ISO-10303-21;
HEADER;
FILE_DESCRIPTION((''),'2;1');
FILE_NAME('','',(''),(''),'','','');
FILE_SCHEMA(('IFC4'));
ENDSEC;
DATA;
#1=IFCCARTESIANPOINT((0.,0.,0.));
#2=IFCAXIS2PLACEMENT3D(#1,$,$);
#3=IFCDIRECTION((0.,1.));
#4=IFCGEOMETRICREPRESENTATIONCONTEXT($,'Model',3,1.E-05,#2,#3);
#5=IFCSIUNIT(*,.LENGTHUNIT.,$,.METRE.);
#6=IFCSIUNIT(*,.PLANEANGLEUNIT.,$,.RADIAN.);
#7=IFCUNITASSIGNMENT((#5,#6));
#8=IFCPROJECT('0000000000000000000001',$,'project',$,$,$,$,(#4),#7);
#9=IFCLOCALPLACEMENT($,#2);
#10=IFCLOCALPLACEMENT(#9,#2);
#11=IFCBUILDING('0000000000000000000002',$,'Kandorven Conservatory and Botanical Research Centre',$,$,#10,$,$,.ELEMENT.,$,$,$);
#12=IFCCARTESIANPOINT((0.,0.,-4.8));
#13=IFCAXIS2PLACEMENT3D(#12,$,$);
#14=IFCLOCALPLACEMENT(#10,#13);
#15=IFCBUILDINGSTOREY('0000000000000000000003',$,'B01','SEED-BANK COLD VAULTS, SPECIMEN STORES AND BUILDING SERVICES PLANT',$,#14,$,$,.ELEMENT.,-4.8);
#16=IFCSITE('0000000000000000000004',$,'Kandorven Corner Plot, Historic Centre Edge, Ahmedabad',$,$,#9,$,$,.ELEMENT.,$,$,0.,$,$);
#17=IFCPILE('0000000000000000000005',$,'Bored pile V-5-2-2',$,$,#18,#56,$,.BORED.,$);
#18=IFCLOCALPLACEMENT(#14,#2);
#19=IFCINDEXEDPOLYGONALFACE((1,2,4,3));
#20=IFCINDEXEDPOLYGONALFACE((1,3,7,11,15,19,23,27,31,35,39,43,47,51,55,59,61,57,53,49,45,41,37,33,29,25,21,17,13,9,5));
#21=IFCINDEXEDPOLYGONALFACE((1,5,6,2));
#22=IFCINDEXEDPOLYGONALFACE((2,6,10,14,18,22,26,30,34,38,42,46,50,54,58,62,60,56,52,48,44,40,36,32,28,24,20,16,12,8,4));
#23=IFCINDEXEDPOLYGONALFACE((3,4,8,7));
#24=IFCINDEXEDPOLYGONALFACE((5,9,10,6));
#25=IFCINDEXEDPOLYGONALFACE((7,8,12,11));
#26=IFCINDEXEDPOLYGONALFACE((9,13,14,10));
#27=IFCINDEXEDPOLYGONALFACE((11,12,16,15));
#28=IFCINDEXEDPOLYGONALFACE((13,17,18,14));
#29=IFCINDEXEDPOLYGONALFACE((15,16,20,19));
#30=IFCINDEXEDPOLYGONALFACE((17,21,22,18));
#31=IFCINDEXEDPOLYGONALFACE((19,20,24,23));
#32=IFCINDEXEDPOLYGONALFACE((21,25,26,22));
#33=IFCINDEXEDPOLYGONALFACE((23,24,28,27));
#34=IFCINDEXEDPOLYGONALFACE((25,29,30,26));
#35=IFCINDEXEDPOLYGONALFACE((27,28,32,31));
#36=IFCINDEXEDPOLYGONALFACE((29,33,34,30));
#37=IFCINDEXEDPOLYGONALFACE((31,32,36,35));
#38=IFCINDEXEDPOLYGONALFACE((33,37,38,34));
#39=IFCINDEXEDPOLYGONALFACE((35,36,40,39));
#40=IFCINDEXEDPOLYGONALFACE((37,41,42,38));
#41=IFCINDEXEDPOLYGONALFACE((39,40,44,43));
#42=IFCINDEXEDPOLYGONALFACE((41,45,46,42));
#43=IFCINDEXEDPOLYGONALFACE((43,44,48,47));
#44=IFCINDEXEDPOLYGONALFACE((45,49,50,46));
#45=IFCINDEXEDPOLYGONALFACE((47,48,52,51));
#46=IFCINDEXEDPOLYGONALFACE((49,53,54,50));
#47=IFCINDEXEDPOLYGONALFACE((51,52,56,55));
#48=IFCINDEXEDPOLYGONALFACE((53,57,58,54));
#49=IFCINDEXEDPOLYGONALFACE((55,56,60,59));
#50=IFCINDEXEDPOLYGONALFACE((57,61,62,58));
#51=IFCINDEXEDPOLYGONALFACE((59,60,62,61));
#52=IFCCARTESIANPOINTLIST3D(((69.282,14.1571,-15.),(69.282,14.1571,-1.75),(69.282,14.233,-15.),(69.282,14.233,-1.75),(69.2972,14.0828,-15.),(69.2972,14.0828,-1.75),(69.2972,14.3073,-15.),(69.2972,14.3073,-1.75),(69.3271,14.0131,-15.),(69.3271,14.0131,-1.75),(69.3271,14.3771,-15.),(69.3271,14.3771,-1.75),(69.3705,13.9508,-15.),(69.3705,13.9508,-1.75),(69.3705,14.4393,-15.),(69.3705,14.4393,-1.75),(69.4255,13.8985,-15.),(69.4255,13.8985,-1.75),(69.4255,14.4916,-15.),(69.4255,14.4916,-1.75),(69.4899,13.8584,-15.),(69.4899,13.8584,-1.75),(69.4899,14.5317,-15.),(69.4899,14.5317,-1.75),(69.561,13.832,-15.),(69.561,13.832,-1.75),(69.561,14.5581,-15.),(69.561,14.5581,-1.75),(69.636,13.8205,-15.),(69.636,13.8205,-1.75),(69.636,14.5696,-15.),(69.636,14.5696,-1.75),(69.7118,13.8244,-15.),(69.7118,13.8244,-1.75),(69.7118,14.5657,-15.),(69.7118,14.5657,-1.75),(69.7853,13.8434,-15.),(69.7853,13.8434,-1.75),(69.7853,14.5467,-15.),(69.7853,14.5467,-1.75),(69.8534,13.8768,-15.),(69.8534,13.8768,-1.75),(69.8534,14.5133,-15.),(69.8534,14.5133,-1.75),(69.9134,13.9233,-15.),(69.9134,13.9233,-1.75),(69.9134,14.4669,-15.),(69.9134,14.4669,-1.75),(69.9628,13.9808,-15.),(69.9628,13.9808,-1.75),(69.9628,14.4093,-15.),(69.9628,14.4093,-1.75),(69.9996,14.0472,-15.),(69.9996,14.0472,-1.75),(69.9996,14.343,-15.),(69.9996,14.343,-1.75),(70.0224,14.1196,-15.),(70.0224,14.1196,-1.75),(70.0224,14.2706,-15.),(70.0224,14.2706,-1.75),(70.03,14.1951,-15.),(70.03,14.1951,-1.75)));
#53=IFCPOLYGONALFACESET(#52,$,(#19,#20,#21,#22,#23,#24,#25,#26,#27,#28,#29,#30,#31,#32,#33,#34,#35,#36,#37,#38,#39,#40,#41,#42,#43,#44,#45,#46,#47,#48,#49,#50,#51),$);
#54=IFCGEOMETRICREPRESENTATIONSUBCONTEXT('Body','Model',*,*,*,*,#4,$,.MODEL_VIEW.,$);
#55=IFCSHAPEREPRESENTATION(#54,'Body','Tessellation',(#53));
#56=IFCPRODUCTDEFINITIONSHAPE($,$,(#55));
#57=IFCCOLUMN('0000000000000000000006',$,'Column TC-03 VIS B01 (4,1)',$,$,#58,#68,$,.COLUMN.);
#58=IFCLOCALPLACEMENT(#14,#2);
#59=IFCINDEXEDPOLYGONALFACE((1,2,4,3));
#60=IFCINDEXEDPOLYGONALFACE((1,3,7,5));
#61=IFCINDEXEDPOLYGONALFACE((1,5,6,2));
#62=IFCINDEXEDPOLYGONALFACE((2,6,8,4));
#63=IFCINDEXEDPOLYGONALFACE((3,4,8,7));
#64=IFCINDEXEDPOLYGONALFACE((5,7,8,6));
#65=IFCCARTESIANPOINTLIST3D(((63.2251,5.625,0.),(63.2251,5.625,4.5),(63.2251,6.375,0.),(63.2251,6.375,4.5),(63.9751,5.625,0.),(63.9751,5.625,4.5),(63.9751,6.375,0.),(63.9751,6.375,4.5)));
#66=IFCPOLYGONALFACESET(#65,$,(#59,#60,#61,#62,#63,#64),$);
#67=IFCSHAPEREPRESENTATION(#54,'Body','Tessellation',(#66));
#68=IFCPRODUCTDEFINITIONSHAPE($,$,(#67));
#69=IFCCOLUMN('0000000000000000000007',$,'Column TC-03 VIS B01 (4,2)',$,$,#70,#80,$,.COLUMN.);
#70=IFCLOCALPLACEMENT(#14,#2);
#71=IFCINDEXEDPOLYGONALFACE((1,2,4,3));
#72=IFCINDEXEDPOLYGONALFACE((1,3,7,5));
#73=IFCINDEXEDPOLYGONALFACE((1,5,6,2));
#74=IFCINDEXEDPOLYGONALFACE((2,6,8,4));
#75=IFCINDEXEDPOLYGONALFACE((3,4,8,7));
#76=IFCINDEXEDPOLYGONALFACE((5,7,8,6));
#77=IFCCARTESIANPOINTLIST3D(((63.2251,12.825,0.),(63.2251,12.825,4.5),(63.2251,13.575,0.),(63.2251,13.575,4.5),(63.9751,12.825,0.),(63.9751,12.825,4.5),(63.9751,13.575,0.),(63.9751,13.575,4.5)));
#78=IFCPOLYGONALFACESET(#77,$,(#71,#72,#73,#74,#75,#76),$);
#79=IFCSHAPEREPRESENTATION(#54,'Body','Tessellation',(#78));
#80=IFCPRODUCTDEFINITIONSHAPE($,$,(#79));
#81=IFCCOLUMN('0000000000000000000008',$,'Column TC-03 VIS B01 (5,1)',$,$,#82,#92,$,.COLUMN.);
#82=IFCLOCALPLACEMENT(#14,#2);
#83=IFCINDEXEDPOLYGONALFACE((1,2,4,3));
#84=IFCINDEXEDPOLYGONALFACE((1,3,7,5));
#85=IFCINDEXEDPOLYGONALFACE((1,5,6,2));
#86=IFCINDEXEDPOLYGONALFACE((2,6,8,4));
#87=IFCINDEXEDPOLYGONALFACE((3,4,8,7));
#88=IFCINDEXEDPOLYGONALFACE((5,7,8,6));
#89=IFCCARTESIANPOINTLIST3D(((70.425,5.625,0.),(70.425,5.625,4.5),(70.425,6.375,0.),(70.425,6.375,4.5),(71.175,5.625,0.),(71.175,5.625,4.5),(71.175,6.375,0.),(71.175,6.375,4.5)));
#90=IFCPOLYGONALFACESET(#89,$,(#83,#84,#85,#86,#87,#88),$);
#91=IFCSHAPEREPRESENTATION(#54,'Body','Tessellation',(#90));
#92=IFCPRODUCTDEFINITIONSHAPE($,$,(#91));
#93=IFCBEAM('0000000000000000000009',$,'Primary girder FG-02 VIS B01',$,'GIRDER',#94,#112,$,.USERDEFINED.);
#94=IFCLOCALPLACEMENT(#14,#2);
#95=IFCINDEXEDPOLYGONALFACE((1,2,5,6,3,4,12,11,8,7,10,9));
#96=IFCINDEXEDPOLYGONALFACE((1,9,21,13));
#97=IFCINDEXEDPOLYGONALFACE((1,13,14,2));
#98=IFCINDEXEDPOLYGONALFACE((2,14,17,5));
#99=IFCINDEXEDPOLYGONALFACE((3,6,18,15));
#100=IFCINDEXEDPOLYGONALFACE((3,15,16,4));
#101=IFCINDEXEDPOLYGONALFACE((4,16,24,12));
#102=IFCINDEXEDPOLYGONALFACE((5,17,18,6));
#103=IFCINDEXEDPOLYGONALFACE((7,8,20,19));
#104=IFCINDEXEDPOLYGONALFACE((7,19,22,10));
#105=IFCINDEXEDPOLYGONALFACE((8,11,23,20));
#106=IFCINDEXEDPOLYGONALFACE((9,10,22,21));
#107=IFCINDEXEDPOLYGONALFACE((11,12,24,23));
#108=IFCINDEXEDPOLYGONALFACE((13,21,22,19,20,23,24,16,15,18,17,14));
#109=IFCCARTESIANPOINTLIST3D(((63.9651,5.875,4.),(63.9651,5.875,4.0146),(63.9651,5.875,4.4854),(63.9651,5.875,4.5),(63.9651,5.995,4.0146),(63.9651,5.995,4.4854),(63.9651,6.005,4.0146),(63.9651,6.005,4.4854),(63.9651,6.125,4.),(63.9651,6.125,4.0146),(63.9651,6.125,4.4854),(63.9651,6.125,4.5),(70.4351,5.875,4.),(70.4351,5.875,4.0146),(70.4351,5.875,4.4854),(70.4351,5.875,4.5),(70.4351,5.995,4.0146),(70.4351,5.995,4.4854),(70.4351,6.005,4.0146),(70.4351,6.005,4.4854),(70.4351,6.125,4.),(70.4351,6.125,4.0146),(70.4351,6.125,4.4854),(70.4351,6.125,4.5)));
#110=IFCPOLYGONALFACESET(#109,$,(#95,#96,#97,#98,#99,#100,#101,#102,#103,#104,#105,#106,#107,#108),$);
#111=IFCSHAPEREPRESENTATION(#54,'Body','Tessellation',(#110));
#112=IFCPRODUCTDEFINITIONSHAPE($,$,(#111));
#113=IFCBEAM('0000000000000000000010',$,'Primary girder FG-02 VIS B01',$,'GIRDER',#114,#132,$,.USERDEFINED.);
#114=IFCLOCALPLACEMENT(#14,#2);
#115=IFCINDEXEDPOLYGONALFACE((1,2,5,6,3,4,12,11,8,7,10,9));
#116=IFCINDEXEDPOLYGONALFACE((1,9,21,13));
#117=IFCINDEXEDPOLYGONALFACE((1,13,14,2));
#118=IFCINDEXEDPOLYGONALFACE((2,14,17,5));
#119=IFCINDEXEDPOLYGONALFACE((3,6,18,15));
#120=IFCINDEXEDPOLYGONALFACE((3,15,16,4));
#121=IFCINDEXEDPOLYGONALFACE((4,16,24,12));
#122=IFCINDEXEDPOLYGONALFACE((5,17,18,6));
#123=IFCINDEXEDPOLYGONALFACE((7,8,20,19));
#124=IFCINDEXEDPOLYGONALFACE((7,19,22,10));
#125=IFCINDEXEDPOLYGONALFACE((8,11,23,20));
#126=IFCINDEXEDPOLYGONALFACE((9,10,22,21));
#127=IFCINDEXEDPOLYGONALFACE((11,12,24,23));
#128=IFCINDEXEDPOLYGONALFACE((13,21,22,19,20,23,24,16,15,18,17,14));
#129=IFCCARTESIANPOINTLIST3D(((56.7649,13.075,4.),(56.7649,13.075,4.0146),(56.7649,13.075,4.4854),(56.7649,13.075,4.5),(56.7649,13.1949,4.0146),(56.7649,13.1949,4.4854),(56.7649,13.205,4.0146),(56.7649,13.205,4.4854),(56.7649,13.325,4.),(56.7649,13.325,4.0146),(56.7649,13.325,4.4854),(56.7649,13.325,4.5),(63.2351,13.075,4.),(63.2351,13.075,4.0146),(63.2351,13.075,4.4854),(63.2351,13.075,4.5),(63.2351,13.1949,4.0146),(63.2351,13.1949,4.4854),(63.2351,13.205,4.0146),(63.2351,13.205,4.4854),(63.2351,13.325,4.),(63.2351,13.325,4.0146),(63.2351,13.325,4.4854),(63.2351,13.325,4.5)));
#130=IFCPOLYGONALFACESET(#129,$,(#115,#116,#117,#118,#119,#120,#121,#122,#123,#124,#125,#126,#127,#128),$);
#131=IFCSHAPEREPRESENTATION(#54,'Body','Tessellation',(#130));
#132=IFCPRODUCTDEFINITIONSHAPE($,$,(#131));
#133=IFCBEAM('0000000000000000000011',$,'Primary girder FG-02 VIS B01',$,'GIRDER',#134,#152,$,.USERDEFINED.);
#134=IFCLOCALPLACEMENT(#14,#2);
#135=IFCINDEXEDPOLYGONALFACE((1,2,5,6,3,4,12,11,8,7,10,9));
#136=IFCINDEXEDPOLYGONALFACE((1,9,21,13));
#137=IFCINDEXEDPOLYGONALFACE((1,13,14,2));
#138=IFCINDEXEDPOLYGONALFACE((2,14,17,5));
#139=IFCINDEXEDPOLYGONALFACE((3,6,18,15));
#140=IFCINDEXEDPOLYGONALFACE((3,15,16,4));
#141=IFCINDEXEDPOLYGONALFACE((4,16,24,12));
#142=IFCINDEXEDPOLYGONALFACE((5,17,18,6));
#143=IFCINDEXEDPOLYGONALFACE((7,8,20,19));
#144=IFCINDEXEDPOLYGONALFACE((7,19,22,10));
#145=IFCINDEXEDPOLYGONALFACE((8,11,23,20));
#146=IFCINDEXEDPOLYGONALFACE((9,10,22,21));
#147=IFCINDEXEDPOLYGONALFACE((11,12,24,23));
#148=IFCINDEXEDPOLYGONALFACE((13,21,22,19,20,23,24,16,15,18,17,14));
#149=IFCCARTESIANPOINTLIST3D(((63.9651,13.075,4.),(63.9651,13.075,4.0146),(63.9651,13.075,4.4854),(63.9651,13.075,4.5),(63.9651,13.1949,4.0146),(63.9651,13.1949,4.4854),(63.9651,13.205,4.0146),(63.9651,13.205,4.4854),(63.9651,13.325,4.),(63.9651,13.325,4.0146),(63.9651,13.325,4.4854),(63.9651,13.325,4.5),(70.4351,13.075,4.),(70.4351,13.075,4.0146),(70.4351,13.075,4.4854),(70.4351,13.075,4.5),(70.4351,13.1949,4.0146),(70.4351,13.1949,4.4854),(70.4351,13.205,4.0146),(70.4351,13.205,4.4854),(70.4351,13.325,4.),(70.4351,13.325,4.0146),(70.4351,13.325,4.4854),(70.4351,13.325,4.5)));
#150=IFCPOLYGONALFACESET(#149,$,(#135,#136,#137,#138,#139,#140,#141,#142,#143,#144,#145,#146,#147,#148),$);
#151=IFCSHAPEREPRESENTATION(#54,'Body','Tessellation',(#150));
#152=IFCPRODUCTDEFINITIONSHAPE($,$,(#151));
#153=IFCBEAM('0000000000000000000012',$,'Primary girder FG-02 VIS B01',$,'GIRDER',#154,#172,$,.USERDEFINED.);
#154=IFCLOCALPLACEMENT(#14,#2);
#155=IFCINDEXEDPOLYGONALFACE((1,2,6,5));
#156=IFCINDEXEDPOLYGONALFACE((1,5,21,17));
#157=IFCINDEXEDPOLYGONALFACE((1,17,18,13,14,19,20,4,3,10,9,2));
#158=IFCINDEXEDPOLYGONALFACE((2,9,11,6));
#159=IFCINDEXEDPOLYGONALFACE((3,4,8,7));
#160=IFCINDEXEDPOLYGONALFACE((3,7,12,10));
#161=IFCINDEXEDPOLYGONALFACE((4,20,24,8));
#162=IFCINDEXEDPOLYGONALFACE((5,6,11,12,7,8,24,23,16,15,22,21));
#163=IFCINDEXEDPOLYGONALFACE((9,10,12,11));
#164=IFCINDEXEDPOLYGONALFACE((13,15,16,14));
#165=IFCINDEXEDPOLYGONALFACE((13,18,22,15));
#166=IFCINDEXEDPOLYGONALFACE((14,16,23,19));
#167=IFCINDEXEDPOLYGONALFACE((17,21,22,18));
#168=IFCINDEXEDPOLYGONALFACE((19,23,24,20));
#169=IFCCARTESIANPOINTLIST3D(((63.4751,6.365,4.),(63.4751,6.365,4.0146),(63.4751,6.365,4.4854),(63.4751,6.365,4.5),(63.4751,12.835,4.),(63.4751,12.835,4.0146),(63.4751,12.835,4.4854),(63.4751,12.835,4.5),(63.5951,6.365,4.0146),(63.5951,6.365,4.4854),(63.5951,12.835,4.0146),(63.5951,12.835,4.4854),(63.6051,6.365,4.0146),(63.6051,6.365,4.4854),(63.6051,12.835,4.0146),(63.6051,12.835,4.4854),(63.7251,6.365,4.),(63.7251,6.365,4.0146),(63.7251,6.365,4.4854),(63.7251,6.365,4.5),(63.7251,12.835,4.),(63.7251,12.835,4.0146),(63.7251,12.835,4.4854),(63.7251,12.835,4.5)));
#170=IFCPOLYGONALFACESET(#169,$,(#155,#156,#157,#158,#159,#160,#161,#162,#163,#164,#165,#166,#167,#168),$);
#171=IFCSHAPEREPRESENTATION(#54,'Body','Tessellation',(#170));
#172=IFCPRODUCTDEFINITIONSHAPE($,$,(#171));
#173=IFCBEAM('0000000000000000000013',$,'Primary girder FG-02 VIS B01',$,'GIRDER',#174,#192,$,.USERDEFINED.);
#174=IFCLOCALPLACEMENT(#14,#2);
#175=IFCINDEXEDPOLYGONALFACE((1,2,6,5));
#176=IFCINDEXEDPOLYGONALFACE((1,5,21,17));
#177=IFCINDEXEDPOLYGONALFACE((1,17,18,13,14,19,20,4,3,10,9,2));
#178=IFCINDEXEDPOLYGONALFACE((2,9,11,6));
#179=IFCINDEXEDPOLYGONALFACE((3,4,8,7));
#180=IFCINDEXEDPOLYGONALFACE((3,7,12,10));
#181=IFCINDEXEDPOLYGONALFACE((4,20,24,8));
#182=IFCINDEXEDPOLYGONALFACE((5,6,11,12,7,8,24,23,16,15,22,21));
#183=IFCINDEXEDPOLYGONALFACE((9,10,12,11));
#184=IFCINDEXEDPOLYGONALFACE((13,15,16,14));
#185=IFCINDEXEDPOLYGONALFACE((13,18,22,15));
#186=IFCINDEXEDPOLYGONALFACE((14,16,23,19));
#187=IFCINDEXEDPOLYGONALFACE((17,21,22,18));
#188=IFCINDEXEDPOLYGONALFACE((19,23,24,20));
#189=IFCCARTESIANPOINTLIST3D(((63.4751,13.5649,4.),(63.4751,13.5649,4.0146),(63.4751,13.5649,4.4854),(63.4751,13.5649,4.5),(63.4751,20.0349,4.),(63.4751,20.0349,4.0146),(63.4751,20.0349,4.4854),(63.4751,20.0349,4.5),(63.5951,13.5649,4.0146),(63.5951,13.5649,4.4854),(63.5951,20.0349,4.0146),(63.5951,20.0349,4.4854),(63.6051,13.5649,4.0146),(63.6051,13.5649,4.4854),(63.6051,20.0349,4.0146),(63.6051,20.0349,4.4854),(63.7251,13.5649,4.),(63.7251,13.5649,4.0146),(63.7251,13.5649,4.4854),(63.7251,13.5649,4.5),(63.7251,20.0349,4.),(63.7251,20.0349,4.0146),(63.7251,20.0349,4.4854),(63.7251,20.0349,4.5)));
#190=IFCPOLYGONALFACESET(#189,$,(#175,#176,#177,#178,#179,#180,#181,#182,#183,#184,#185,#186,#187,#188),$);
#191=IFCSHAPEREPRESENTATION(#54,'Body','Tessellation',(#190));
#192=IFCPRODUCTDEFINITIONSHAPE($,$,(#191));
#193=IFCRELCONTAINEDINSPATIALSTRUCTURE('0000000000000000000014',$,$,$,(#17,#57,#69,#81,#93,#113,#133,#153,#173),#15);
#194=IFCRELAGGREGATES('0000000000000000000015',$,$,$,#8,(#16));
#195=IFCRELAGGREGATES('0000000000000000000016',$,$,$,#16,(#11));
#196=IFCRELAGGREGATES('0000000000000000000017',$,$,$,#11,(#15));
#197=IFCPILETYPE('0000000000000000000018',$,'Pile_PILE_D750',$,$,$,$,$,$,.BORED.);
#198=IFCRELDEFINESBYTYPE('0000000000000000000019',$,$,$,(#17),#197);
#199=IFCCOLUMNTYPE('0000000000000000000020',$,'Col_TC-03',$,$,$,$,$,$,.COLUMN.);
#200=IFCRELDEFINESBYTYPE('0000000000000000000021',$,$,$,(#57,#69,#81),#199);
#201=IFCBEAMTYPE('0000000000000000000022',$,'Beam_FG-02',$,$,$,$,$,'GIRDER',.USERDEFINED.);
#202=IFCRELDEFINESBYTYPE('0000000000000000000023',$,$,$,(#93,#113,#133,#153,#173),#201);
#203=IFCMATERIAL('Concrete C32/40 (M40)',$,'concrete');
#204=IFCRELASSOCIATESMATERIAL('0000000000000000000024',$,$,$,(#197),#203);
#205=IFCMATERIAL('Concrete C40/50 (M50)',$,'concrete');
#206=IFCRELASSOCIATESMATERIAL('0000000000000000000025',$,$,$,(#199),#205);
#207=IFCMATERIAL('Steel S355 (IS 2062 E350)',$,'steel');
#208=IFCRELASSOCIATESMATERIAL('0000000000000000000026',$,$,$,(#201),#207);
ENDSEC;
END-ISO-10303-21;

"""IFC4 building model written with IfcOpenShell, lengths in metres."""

from ifc_helpers import new_model, si_unit, direction, frame, origin, origin_2d, place, context, subcontext, project, spatial, rectangle, circle, i_section, extrude, material, material_profile, profile_set, type_object, element, save


model = new_model("IFC4")

# Units and contexts
model_context = context("Model", 3, precision=1e-05, world=origin(), true_north=direction((0.0, 1.0)))
body_context = subcontext(model_context, "Body", "Model", "MODEL_VIEW")
ifc_project = project(units=[si_unit("LENGTHUNIT", "METRE"), si_unit("PLANEANGLEUNIT", "RADIAN")], contexts=[model_context])

# Site, building, storey
site_placement = place(None, origin())
site = spatial("IfcSite", under=ifc_project, at=site_placement, Name="Kandorven Corner Plot, Historic Centre Edge, Ahmedabad", CompositionType="ELEMENT", RefElevation=0.0)
building_placement = place(site_placement, origin())
building = spatial("IfcBuilding", under=site, at=building_placement, Name="Kandorven Conservatory and Botanical Research Centre", CompositionType="ELEMENT")
storey_placement = place(building_placement, frame((0.0, 0.0, -4.8)))
storey = spatial("IfcBuildingStorey", under=building, at=storey_placement, Name="B01", Description="SEED-BANK COLD VAULTS, SPECIMEN STORES AND BUILDING SERVICES PLANT", CompositionType="ELEMENT", Elevation=-4.8)

# Pile
ifc_material_1 = material(Name="Concrete C32/40 (M40)", Category="concrete")
ifc_material_profile_1 = material_profile(ifc_material_1, circle(Radius=0.375, at=origin_2d()))
ifc_profile_set_1 = profile_set([ifc_material_profile_1], Name="Concrete C32/40 (M40)")
pile_type = type_object("IfcPileType", Name="Pile_PILE_D750", PredefinedType="BORED", material=ifc_profile_set_1)
for number, where, z_axis, x_axis, name in (
    (1, (69.655, 14.1951, -1.75), (0.0, 0.0, -1.0), (1.0, 0.0, 0.0), "Bored pile V-5-2-2"),
):
    element("IfcPile", number, at=place(storey_placement, frame(where, z_axis=z_axis, x_axis=x_axis)), inside=storey, type_object=pile_type, Name=name, PredefinedType="BORED", context=body_context, shape_type="SweptSolid", body=[
        extrude(circle(Radius=0.375, at=origin_2d()), origin(), (0.0, 0.0, 1.0), 13.25),
    ])

# Columns
ifc_material_2 = material(Name="Concrete C40/50 (M50)", Category="concrete")
ifc_material_profile_2 = material_profile(ifc_material_2, rectangle(XDim=0.75, YDim=0.75, at=origin_2d()))
ifc_profile_set_2 = profile_set([ifc_material_profile_2], Name="Concrete C40/50 (M50)")
column_type = type_object("IfcColumnType", Name="Col_TC-03", PredefinedType="COLUMN", material=ifc_profile_set_2)
for number, where, z_axis, x_axis, name in (
    (2, (63.6001, 6.0, 0.0), (0.0, 0.0, 1.0), (1.0, 0.0, 0.0), "Column TC-03 VIS B01 (4,1)"),
    (3, (63.6001, 13.2, 0.0), (0.0, 0.0, 1.0), (1.0, 0.0, 0.0), "Column TC-03 VIS B01 (4,2)"),
    (4, (70.8, 6.0, 0.0), (0.0, 0.0, 1.0), (1.0, 0.0, 0.0), "Column TC-03 VIS B01 (5,1)"),
):
    element("IfcColumn", number, at=place(storey_placement, frame(where, z_axis=z_axis, x_axis=x_axis)), inside=storey, type_object=column_type, Name=name, PredefinedType="COLUMN", context=body_context, shape_type="SweptSolid", body=[
        extrude(rectangle(XDim=0.75, YDim=0.75, at=origin_2d()), origin(), (0.0, 0.0, 1.0), 4.5),
    ])

# Beams
ifc_material_3 = material(Name="Steel S355 (IS 2062 E350)", Category="steel")
ifc_material_profile_3 = material_profile(ifc_material_3, i_section(OverallWidth=0.25, OverallDepth=0.5, WebThickness=0.01, FlangeThickness=0.0146, at=origin_2d()))
ifc_profile_set_3 = profile_set([ifc_material_profile_3], Name="Steel S355 (IS 2062 E350)")
beam_type_1 = type_object("IfcBeamType", Name="Beam_FG-02", ElementType="GIRDER", PredefinedType="USERDEFINED", material=ifc_profile_set_3)
beam_1_placement = place(storey_placement, frame((63.9651, 6.0, 4.25), z_axis=(1.0, 0.0, 0.0), x_axis=(0.0, 1.0, 0.0)))
element("IfcBeam", 5, at=beam_1_placement, inside=storey, type_object=beam_type_1, Name="Primary girder FG-02 VIS B01", ObjectType="GIRDER", PredefinedType="USERDEFINED", context=body_context, shape_type="SweptSolid", body=[
    extrude(i_section(OverallWidth=0.25, OverallDepth=0.5, WebThickness=0.01, FlangeThickness=0.0146, at=origin_2d()), origin(), (0.0, 0.0, 1.0), 6.47),
])
beam_2_placement = place(storey_placement, frame((56.7649, 13.2, 4.25), z_axis=(1.0, 0.0, 0.0), x_axis=(0.0, 1.0, 0.0)))
element("IfcBeam", 6, at=beam_2_placement, inside=storey, type_object=beam_type_1, Name="Primary girder FG-02 VIS B01", ObjectType="GIRDER", PredefinedType="USERDEFINED", context=body_context, shape_type="SweptSolid", body=[
    extrude(i_section(OverallWidth=0.25, OverallDepth=0.5, WebThickness=0.01, FlangeThickness=0.0146, at=origin_2d()), origin(), (0.0, 0.0, 1.0), 6.4702),
])
for number, where, z_axis, x_axis, name in (
    (7, (63.9651, 13.2, 4.25), (1.0, 0.0, 0.0), (0.0, 1.0, 0.0), "Primary girder FG-02 VIS B01"),
    (8, (63.6001, 6.365, 4.25), (0.0, 1.0, 0.0), (-1.0, 0.0, 0.0), "Primary girder FG-02 VIS B01"),
    (9, (63.6001, 13.5649, 4.25), (0.0, 1.0, 0.0), (-1.0, 0.0, 0.0), "Primary girder FG-02 VIS B01"),
):
    element("IfcBeam", number, at=place(storey_placement, frame(where, z_axis=z_axis, x_axis=x_axis)), inside=storey, type_object=beam_type_1, Name=name, ObjectType="GIRDER", PredefinedType="USERDEFINED", context=body_context, shape_type="SweptSolid", body=[
        extrude(i_section(OverallWidth=0.25, OverallDepth=0.5, WebThickness=0.01, FlangeThickness=0.0146, at=origin_2d()), origin(), (0.0, 0.0, 1.0), 6.47),
    ])

save(model, "model.ifc")
